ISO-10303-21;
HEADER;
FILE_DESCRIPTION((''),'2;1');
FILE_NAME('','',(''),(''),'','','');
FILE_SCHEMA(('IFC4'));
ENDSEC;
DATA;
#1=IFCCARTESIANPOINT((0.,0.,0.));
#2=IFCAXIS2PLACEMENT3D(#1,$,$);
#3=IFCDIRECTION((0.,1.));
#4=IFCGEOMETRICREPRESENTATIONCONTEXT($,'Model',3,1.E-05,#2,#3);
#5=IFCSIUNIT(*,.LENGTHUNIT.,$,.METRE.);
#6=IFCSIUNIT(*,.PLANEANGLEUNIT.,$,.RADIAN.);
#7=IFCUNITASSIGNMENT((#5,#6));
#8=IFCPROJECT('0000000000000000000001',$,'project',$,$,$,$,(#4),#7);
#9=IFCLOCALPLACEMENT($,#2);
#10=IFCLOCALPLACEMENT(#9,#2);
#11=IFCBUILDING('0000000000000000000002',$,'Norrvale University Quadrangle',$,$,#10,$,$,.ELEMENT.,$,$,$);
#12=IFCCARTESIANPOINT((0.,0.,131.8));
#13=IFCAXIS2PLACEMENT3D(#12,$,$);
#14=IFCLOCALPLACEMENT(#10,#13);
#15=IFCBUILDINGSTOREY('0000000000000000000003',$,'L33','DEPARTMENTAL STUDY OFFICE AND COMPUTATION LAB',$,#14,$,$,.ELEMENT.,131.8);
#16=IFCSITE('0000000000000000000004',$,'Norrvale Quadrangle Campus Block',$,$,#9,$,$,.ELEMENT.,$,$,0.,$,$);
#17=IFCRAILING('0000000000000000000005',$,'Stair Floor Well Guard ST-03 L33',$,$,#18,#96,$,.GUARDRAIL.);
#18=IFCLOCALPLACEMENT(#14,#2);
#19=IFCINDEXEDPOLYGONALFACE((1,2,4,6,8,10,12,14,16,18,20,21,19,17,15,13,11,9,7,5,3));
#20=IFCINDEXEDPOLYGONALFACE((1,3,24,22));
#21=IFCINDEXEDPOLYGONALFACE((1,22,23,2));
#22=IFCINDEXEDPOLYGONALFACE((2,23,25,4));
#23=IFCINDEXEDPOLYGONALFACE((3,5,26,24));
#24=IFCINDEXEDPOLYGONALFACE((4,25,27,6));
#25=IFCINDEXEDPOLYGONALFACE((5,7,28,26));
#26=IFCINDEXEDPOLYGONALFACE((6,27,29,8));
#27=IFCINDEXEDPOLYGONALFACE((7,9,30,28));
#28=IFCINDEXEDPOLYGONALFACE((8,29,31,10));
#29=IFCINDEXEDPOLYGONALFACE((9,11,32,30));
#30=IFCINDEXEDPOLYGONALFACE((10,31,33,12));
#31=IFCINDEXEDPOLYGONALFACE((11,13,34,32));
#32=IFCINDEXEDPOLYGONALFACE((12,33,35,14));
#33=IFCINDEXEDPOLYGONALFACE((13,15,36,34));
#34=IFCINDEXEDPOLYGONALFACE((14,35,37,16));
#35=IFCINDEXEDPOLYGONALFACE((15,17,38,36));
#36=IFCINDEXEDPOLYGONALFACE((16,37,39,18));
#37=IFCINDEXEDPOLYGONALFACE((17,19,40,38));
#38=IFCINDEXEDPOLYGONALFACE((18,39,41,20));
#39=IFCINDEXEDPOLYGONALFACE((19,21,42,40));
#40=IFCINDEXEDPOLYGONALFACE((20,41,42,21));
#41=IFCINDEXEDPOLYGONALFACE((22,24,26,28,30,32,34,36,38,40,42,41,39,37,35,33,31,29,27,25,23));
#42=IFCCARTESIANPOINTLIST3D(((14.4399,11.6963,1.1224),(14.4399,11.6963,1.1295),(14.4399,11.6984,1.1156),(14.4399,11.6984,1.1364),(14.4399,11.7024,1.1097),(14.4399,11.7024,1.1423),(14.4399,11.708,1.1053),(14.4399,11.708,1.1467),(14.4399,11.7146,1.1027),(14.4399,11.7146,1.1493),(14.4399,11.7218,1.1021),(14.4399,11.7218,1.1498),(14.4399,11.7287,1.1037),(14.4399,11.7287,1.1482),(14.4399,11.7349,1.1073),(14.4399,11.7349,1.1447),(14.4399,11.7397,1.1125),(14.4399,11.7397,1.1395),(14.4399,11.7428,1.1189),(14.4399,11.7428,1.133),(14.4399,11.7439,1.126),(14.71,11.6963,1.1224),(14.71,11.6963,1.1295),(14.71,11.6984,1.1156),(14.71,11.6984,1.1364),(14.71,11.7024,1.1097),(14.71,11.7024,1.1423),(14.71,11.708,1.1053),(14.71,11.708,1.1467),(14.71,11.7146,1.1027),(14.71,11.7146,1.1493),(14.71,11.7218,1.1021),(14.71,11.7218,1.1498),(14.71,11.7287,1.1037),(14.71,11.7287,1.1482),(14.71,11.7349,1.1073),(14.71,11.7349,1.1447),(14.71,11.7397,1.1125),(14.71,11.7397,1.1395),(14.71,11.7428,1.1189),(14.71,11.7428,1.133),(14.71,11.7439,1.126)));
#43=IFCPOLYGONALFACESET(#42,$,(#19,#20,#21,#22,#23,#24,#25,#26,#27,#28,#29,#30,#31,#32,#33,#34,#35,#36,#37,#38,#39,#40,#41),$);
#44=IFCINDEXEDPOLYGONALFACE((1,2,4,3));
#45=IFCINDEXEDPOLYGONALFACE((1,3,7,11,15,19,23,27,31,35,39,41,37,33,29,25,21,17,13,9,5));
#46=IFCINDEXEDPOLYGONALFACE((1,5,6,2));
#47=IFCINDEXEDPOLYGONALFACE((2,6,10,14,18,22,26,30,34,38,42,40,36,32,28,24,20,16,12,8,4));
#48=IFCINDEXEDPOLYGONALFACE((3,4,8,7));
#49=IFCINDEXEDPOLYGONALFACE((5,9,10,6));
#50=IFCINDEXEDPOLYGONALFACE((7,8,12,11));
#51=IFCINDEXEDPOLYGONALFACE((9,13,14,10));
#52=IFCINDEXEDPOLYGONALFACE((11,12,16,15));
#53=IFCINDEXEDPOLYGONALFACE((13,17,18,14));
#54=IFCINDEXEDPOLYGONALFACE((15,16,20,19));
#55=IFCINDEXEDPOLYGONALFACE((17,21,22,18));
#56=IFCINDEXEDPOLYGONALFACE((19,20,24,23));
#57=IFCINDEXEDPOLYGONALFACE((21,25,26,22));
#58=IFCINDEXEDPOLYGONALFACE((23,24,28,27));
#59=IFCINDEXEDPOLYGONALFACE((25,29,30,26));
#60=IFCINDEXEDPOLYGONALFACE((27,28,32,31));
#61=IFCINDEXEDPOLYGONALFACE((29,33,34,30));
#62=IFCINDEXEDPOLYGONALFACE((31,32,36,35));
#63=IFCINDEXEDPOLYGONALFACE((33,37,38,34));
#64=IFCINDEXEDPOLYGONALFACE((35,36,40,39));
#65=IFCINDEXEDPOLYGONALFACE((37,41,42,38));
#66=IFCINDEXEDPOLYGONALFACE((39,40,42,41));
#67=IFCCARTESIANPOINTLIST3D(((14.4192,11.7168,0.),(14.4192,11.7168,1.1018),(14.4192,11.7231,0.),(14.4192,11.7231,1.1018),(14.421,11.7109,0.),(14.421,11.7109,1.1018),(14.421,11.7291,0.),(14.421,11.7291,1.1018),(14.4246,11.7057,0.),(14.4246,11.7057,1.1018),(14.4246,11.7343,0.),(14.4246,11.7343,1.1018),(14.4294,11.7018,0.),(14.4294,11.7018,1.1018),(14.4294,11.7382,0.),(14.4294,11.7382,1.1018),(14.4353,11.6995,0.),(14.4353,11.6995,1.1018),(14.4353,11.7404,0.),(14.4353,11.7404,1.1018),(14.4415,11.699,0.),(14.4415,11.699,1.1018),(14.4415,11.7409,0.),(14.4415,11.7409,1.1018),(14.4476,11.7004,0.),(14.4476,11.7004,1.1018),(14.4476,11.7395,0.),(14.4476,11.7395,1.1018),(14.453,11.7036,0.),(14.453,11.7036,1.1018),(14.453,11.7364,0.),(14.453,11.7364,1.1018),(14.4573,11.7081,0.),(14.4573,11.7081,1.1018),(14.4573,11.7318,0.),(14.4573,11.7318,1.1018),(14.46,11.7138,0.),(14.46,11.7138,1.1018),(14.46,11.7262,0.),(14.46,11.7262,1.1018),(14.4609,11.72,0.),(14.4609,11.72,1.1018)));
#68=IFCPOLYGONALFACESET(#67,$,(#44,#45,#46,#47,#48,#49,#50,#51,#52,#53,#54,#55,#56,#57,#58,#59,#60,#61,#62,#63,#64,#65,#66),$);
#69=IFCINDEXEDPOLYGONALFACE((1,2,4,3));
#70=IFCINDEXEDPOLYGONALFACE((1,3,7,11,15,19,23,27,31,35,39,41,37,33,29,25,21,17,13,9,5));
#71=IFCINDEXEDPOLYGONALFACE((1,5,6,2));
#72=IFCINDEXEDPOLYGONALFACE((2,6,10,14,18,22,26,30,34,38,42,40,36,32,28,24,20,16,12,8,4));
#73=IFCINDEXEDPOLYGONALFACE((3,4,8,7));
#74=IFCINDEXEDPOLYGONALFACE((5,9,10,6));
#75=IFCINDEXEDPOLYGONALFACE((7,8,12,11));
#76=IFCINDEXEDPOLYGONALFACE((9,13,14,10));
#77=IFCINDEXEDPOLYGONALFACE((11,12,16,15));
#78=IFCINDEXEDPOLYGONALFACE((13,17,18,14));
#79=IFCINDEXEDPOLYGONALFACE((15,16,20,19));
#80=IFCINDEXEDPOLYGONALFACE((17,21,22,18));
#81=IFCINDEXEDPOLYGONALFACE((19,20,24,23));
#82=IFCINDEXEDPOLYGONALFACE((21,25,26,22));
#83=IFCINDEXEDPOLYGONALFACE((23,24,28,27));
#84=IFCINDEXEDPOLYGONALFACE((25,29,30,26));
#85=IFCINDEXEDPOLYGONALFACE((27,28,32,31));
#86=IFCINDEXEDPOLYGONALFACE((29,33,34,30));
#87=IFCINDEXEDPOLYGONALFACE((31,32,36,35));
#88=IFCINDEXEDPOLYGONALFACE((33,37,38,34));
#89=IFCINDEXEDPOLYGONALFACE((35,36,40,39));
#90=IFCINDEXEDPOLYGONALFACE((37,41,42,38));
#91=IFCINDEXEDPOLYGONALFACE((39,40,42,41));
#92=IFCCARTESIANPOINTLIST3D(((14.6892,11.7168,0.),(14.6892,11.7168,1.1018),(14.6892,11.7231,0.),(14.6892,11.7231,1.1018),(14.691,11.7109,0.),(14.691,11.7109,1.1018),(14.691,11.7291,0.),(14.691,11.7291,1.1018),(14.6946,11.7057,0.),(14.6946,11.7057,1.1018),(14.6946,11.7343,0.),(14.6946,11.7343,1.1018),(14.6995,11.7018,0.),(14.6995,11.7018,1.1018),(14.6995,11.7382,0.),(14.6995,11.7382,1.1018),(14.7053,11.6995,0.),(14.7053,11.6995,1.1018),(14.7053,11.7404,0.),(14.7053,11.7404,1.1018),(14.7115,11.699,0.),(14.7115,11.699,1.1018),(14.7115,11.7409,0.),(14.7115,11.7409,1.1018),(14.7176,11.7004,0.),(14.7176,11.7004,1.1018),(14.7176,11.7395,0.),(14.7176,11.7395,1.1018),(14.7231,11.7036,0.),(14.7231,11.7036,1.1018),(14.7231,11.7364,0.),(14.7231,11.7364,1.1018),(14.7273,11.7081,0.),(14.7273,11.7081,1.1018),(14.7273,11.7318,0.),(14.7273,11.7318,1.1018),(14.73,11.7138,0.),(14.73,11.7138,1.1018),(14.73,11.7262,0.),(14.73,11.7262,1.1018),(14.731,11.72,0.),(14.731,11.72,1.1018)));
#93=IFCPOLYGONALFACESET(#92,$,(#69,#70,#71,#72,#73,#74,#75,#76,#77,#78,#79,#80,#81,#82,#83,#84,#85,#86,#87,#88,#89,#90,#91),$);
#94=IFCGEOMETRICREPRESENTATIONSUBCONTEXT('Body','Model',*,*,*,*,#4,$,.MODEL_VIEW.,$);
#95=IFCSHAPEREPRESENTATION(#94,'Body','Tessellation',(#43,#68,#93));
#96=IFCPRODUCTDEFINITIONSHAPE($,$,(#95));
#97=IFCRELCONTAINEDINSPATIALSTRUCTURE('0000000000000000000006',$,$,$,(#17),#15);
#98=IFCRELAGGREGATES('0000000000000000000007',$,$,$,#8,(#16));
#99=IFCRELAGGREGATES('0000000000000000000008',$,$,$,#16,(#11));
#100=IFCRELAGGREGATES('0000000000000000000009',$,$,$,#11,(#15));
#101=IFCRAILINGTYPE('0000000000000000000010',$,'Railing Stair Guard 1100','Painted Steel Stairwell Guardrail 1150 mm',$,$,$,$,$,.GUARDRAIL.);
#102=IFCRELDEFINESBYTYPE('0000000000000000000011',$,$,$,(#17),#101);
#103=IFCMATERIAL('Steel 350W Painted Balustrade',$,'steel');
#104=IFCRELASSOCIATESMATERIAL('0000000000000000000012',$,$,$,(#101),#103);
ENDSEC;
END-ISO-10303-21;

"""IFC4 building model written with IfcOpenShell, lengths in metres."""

from ifc_helpers import new_model, si_unit, direction, frame, origin, origin_2d, place, context, subcontext, project, spatial, circle, extrude, material, type_object, element, save


model = new_model("IFC4")

# Units and contexts
model_context = context("Model", 3, precision=1e-05, world=origin(), true_north=direction((0.0, 1.0)))
body_context = subcontext(model_context, "Body", "Model", "MODEL_VIEW")
ifc_project = project(units=[si_unit("LENGTHUNIT", "METRE"), si_unit("PLANEANGLEUNIT", "RADIAN")], contexts=[model_context])

# Site, building, storey
site_placement = place(None, origin())
site = spatial("IfcSite", under=ifc_project, at=site_placement, Name="Norrvale Quadrangle Campus Block", CompositionType="ELEMENT", RefElevation=0.0)
building_placement = place(site_placement, origin())
building = spatial("IfcBuilding", under=site, at=building_placement, Name="Norrvale University Quadrangle", CompositionType="ELEMENT")
storey_placement = place(building_placement, frame((0.0, 0.0, 131.8)))
storey = spatial("IfcBuildingStorey", under=building, at=storey_placement, Name="L33", Description="DEPARTMENTAL STUDY OFFICE AND COMPUTATION LAB", CompositionType="ELEMENT", Elevation=131.8)

# Railing
ifc_material_1 = material(Name="Steel 350W Painted Balustrade", Category="steel")
railing_type_1 = type_object("IfcRailingType", Name="Railing Stair Guard 1100", Description="Painted Steel Stairwell Guardrail 1150 mm", PredefinedType="GUARDRAIL", material=ifc_material_1)
for number, where, name in (
    (1, (14.4399, 11.72, 0.0), "Stair Floor Well Guard ST-03 L33"),
):
    element("IfcRailing", number, at=place(storey_placement, frame(where)), inside=storey, type_object=railing_type_1, Name=name, PredefinedType="GUARDRAIL", context=body_context, shape_type="SweptSolid", body=[
        extrude(circle(Radius=0.0239, at=origin_2d()), frame((0.0, 0.0, 1.126), z_axis=(1.0, 0.0, 0.0), x_axis=(0.0, 1.0, 0.0)), (0.0, 0.0, 1.0), 0.27),
        extrude(circle(Radius=0.021, at=origin_2d()), origin(), (0.0, 0.0, 1.0), 1.1018),
        extrude(circle(Radius=0.021, at=origin_2d()), frame((0.27, 0.0, 0.0)), (0.0, 0.0, 1.0), 1.1018),
    ])

save(model, "model.ifc")
